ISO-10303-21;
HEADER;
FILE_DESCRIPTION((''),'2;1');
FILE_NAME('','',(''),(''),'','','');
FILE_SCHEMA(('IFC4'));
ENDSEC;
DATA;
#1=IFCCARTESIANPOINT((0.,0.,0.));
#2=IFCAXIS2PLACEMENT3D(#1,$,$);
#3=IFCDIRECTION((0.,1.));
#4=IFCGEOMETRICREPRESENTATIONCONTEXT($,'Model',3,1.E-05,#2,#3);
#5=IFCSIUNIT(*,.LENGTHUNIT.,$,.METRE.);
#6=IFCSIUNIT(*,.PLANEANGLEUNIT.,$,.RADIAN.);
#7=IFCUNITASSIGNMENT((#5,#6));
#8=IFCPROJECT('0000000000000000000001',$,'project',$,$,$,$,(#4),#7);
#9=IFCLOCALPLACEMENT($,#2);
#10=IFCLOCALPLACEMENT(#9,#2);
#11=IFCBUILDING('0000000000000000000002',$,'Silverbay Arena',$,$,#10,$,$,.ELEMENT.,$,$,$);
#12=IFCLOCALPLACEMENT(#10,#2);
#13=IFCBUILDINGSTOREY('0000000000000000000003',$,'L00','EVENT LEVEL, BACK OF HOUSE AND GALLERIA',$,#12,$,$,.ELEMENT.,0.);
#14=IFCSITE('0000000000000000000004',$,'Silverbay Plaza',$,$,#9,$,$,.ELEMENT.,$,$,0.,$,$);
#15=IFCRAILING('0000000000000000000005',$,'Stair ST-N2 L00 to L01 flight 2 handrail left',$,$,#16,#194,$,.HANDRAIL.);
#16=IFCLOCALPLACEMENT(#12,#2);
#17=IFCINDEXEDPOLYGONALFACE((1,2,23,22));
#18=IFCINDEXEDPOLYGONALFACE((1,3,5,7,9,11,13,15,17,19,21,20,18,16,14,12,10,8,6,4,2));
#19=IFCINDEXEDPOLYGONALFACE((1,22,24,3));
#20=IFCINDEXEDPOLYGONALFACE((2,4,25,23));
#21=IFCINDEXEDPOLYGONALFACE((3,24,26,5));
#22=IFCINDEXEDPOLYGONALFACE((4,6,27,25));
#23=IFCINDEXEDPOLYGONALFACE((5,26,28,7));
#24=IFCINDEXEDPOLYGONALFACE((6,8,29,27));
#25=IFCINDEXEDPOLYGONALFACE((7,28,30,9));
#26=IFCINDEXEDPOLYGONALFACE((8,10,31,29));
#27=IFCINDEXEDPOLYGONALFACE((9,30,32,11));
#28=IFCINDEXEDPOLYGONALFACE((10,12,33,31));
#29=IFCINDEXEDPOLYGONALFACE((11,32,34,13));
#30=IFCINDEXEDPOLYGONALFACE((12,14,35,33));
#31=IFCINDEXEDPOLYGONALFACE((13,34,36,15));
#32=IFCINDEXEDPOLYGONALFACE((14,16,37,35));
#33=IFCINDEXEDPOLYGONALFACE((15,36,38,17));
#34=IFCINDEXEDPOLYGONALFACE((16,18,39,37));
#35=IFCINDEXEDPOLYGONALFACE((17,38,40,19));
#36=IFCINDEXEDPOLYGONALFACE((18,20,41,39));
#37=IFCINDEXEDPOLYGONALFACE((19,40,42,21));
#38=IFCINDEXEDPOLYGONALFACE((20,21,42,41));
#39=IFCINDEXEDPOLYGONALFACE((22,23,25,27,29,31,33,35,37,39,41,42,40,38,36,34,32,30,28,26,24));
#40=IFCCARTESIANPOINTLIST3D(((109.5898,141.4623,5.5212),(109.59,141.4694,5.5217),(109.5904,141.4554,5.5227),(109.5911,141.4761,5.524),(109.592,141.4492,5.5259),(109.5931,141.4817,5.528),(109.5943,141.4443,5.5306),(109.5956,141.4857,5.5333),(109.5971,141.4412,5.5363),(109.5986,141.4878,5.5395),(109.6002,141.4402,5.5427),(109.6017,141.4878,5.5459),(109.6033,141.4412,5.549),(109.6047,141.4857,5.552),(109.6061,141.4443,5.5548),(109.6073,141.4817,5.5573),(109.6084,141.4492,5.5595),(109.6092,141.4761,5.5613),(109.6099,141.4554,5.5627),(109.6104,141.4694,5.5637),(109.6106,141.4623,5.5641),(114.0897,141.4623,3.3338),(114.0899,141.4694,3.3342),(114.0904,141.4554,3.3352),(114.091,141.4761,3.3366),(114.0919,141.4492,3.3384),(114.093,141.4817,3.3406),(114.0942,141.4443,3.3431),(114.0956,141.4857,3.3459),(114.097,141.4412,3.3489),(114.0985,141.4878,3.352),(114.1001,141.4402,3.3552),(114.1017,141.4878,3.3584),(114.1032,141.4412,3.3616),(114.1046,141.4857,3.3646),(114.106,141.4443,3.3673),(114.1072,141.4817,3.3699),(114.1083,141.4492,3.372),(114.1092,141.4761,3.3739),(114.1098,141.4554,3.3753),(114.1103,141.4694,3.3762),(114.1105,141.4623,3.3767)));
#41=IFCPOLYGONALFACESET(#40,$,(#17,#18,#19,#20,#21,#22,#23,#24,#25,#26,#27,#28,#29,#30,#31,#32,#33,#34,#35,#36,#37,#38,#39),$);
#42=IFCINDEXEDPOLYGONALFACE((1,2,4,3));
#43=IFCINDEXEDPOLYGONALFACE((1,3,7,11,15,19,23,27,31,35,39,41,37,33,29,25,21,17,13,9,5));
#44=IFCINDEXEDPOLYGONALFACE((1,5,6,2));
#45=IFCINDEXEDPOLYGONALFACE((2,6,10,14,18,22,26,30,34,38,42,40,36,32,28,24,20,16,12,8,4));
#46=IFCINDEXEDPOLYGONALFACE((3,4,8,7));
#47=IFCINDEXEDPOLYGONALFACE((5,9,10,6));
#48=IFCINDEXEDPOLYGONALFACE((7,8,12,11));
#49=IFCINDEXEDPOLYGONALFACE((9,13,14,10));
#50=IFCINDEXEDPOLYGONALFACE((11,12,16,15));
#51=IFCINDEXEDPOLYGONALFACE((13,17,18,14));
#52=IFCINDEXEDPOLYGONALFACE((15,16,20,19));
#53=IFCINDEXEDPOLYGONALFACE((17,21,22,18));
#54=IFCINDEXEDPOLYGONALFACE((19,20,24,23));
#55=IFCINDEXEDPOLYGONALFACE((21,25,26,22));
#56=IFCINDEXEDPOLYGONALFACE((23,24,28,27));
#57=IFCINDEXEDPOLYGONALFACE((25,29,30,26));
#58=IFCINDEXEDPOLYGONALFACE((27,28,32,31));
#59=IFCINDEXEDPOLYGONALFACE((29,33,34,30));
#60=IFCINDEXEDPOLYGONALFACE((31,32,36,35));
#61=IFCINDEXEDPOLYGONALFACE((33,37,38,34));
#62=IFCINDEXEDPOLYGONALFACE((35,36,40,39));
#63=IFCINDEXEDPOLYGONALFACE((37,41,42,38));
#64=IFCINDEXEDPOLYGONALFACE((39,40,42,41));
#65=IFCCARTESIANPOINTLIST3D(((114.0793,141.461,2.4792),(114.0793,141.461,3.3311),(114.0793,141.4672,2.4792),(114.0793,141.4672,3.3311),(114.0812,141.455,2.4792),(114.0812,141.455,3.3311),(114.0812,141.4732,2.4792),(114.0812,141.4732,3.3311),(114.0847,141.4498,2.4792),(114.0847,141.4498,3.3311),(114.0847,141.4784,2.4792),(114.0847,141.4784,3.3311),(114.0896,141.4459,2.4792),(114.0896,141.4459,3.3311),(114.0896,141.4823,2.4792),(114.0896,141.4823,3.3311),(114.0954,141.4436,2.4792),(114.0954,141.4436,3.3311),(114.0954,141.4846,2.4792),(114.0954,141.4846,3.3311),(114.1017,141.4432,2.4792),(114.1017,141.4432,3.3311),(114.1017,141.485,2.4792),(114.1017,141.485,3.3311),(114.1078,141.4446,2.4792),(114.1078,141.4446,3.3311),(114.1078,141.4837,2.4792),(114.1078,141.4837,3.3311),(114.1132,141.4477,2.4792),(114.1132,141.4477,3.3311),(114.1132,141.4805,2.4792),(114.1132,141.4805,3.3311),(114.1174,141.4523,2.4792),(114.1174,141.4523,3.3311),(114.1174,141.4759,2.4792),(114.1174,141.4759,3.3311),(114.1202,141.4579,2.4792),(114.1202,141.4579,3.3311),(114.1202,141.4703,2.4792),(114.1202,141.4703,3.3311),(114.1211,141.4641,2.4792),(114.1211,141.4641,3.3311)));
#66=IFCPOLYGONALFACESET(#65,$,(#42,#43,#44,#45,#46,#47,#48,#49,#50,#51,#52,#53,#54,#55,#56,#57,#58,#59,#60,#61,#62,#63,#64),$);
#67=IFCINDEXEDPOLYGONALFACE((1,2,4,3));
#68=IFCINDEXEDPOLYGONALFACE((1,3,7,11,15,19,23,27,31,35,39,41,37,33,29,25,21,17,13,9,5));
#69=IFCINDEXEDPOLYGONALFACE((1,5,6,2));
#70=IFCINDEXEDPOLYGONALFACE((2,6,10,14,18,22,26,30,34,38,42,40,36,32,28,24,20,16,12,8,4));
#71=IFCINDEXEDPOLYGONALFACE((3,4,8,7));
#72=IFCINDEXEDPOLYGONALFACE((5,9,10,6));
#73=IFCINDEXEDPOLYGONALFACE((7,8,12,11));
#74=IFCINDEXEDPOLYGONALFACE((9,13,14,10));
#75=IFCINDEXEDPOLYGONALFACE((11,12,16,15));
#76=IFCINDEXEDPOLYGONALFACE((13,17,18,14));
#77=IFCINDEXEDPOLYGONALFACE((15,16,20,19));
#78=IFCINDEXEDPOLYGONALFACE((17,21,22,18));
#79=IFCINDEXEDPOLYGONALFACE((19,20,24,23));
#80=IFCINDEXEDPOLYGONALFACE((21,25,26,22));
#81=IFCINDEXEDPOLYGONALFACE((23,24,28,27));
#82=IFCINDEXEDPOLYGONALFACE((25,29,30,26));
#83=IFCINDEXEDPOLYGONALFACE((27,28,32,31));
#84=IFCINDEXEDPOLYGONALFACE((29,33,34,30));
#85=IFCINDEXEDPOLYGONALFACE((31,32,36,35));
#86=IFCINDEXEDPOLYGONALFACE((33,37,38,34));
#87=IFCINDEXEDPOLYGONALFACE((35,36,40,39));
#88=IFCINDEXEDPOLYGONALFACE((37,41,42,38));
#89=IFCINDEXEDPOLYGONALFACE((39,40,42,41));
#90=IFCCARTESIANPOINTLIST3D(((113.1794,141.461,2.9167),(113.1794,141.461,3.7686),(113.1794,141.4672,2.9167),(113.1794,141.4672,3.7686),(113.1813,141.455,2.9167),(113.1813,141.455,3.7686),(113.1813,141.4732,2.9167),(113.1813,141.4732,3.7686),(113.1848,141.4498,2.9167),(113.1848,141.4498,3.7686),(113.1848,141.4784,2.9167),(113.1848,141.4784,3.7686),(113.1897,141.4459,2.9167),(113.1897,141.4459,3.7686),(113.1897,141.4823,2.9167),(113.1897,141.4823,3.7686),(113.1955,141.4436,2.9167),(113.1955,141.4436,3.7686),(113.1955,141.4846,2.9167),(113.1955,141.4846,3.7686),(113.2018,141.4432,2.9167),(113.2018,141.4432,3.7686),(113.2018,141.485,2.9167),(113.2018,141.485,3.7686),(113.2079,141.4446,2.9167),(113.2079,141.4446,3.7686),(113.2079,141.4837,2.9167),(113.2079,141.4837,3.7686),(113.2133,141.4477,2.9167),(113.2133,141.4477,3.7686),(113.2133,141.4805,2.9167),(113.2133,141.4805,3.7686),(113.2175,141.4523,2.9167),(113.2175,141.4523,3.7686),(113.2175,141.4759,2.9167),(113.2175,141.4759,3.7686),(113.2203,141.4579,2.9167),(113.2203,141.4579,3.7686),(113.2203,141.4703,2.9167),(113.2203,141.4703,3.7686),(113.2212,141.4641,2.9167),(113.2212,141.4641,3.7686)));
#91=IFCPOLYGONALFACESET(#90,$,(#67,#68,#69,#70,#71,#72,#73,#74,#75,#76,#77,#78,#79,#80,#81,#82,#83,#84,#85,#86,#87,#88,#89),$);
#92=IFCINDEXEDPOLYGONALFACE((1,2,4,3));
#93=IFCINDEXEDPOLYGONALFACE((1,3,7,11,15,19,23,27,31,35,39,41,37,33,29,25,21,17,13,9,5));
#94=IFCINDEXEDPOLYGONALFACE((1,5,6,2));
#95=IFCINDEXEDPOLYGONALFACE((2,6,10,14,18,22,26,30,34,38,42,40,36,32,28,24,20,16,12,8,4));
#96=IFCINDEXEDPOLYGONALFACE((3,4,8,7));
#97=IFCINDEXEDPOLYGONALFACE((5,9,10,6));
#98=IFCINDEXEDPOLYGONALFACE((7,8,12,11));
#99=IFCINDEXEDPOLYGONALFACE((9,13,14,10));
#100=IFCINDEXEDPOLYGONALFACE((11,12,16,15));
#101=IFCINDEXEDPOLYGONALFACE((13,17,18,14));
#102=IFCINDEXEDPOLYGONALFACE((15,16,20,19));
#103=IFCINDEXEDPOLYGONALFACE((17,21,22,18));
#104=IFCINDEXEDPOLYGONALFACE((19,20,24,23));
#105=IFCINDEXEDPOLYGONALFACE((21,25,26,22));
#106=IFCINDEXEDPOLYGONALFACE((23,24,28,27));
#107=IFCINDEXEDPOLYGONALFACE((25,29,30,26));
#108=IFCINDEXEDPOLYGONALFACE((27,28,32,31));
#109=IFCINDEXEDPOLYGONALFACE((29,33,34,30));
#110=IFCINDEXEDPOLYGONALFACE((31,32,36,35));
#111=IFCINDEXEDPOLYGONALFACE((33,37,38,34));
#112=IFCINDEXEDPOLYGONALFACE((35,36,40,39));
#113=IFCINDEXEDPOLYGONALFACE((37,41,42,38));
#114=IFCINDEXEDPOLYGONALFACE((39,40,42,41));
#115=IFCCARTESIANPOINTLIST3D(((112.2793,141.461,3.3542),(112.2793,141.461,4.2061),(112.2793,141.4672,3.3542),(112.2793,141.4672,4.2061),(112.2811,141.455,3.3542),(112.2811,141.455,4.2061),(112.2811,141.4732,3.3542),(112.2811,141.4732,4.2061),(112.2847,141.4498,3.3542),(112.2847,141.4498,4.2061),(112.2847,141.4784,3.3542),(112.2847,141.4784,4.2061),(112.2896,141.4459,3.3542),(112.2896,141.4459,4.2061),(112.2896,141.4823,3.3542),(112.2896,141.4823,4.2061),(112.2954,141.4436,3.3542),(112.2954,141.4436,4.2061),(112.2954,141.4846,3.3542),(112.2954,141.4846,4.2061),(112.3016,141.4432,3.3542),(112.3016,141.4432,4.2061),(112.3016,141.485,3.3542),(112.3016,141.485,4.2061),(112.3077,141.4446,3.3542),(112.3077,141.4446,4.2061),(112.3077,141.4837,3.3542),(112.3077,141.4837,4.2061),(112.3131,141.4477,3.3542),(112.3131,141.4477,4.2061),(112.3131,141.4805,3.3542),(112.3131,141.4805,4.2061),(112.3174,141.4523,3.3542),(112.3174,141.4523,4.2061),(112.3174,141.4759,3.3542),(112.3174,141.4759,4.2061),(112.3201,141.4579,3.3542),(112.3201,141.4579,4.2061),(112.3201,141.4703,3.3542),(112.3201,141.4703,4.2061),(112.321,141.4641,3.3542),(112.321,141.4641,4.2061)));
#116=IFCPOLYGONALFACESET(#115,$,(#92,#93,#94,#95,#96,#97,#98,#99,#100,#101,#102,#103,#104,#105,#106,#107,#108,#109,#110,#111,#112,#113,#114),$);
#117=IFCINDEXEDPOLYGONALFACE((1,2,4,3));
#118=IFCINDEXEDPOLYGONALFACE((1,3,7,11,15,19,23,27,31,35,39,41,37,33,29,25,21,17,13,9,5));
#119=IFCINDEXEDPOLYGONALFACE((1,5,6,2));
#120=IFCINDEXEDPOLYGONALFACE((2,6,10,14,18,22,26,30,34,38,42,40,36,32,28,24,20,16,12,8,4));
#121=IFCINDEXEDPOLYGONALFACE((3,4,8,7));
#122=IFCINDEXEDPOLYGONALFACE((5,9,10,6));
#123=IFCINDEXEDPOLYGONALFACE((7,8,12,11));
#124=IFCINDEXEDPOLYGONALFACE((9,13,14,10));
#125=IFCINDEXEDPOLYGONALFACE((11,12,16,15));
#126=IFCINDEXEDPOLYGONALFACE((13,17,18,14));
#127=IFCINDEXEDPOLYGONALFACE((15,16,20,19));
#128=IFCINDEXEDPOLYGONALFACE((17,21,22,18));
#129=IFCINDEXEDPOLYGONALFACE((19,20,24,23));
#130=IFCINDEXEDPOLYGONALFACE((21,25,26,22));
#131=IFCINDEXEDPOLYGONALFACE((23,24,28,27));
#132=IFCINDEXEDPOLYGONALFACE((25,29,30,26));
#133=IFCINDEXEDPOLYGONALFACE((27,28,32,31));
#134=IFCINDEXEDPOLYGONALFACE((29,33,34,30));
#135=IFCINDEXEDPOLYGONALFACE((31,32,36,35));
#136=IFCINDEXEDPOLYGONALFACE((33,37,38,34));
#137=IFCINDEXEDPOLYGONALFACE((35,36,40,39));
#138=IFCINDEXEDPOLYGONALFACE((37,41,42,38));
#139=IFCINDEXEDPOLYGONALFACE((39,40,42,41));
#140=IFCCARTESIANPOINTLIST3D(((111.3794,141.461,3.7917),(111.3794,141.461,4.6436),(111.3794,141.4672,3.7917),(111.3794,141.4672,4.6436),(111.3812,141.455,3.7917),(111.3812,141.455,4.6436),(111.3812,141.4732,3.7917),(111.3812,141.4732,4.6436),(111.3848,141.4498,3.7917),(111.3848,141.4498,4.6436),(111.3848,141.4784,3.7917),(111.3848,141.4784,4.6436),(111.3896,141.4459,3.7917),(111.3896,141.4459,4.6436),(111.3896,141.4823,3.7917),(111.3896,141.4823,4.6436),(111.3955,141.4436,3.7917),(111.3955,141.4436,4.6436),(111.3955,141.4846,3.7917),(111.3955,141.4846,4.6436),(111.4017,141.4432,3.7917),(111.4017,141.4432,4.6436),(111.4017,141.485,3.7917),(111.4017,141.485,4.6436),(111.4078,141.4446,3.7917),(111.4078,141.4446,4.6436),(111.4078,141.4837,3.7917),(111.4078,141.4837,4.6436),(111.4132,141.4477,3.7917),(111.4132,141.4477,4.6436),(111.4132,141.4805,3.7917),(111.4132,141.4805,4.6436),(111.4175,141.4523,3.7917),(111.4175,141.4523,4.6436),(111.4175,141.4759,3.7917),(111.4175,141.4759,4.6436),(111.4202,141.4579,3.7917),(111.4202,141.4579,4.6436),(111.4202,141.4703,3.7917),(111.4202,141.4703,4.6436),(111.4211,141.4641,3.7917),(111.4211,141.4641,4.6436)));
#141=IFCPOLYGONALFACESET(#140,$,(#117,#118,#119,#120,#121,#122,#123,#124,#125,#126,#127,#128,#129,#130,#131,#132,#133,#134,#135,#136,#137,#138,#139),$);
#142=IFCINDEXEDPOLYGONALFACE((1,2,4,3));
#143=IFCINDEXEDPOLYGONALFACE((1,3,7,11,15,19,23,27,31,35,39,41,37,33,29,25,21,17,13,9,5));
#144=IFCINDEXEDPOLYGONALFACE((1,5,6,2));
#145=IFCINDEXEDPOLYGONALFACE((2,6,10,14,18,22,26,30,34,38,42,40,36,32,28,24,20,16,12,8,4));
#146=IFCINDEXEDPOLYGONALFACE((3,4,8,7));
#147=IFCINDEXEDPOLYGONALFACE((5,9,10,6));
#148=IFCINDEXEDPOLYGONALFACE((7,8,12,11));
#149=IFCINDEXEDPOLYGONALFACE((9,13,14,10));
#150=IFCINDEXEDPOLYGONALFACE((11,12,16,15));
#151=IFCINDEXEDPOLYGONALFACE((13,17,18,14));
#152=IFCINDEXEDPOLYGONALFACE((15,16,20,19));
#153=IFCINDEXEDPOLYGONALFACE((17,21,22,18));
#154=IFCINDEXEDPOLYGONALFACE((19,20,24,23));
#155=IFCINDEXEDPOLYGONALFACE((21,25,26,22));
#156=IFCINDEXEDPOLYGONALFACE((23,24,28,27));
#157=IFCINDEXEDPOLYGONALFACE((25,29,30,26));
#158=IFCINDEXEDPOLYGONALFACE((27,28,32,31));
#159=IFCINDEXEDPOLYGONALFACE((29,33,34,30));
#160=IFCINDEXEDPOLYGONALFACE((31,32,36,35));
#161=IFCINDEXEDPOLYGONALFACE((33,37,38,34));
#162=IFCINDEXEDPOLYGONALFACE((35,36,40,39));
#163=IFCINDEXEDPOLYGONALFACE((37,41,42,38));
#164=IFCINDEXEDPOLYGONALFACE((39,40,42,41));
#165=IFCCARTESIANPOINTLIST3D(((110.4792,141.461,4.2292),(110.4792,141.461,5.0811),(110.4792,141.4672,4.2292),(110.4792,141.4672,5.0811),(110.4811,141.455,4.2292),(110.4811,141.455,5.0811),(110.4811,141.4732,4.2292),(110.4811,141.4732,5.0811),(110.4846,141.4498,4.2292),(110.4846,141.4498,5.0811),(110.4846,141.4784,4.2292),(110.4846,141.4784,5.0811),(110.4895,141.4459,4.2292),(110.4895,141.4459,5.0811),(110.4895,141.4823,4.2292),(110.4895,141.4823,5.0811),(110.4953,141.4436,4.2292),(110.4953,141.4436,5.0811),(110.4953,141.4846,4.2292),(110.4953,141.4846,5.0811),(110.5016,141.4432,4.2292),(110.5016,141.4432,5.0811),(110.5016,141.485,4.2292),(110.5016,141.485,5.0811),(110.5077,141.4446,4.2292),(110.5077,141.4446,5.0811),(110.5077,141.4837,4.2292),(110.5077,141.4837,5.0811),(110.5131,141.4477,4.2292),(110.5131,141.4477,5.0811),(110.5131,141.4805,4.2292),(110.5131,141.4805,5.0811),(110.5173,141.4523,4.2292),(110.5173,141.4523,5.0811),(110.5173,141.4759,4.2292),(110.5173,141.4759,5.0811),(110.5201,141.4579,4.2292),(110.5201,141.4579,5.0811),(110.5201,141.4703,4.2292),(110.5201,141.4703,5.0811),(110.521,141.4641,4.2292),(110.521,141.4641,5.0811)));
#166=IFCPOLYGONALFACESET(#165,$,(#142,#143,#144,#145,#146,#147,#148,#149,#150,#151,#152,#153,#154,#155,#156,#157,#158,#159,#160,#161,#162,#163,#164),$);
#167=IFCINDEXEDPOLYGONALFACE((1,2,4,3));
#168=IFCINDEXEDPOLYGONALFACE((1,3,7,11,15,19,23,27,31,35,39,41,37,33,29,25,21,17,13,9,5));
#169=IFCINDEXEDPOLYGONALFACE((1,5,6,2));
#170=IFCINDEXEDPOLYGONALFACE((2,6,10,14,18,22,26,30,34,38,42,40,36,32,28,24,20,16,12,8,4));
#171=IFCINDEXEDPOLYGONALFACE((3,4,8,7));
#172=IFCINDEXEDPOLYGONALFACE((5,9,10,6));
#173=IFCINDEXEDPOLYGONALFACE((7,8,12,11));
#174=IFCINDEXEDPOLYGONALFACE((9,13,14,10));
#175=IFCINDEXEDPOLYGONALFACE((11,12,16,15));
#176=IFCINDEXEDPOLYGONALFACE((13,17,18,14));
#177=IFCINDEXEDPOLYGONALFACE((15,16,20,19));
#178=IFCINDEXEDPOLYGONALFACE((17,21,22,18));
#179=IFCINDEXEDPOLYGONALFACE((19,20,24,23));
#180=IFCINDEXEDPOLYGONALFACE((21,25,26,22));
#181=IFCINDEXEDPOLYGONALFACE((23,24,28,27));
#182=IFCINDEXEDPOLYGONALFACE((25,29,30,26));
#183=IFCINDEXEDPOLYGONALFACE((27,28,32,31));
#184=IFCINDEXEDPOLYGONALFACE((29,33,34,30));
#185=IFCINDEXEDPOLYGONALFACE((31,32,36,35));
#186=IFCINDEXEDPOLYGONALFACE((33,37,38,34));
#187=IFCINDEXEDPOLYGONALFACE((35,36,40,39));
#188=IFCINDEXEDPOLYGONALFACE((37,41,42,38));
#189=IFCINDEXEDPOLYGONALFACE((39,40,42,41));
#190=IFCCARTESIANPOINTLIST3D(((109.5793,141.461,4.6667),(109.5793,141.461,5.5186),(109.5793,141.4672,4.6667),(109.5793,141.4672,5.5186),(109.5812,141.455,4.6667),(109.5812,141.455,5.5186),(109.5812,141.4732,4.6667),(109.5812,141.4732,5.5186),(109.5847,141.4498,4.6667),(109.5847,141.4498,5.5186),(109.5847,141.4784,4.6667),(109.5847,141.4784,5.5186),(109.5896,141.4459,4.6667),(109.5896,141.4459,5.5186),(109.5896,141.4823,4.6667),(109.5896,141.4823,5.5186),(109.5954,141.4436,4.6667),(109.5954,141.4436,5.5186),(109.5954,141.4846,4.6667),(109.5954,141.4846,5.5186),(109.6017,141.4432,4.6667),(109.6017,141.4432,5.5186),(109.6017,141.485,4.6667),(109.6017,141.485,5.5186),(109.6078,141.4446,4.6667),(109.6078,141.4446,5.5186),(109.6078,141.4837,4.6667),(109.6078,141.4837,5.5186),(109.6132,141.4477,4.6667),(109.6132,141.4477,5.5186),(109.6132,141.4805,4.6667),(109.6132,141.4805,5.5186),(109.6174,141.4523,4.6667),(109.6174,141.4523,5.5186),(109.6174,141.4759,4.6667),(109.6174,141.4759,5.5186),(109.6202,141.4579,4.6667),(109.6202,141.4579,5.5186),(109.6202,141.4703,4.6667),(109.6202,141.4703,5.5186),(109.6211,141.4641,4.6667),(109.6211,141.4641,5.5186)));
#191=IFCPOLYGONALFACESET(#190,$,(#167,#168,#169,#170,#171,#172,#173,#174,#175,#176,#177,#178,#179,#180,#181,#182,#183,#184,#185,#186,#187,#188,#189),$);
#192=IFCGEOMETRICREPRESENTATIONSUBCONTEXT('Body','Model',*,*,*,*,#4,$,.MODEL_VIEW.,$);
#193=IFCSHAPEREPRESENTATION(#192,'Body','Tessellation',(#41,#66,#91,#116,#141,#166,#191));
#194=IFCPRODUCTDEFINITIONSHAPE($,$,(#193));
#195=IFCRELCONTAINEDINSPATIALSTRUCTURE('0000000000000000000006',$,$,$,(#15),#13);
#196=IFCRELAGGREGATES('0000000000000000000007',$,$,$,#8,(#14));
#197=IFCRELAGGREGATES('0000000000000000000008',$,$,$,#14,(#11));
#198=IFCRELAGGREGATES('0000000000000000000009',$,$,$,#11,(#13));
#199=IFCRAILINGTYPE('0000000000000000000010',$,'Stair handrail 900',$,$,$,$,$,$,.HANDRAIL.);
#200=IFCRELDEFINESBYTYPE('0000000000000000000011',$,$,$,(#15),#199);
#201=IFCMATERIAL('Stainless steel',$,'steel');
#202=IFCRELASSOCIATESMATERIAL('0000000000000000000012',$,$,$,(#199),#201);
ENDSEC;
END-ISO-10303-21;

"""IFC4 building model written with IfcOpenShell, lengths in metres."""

from ifc_helpers import new_model, si_unit, direction, frame, origin, origin_2d, place, context, subcontext, project, spatial, circle, extrude, material, type_object, element, save


model = new_model("IFC4")

# Units and contexts
model_context = context("Model", 3, precision=1e-05, world=origin(), true_north=direction((0.0, 1.0)))
body_context = subcontext(model_context, "Body", "Model", "MODEL_VIEW")
ifc_project = project(units=[si_unit("LENGTHUNIT", "METRE"), si_unit("PLANEANGLEUNIT", "RADIAN")], contexts=[model_context])

# Site, building, storey
site_placement = place(None, origin())
site = spatial("IfcSite", under=ifc_project, at=site_placement, Name="Silverbay Plaza", CompositionType="ELEMENT", RefElevation=0.0)
building_placement = place(site_placement, origin())
building = spatial("IfcBuilding", under=site, at=building_placement, Name="Silverbay Arena", CompositionType="ELEMENT")
storey_placement = place(building_placement, origin())
storey = spatial("IfcBuildingStorey", under=building, at=storey_placement, Name="L00", Description="EVENT LEVEL, BACK OF HOUSE AND GALLERIA", CompositionType="ELEMENT", Elevation=0.0)

# Railing
ifc_material_1 = material(Name="Stainless steel", Category="steel")
railing_type_1 = type_object("IfcRailingType", Name="Stair handrail 900", PredefinedType="HANDRAIL", material=ifc_material_1)
railing_1_placement = place(storey_placement, frame((114.1001, 141.4641, 2.4792)))
element("IfcRailing", 1, at=railing_1_placement, inside=storey, type_object=railing_type_1, Name="Stair ST-N2 L00 to L01 flight 2 handrail left", PredefinedType="HANDRAIL", context=body_context, shape_type="SweptSolid", body=[
    extrude(circle(Radius=0.0239, at=origin_2d()), frame((0.0, 0.0, 0.876), z_axis=(-0.899368, 0.0, 0.437193), x_axis=(0.0, -1.0, 0.0)), (0.0, 0.0, 1.0), 5.0034),
    extrude(circle(Radius=0.021, at=origin_2d()), origin(), (0.0, 0.0, 1.0), 0.8518),
    extrude(circle(Radius=0.021, at=origin_2d()), frame((-0.8999, 0.0, 0.4375)), (0.0, 0.0, 1.0), 0.8518),
    extrude(circle(Radius=0.021, at=origin_2d()), frame((-1.8, 0.0, 0.875)), (0.0, 0.0, 1.0), 0.8518),
    extrude(circle(Radius=0.021, at=origin_2d()), frame((-2.7, 0.0, 1.3125)), (0.0, 0.0, 1.0), 0.8518),
    extrude(circle(Radius=0.021, at=origin_2d()), frame((-3.6001, 0.0, 1.75)), (0.0, 0.0, 1.0), 0.8518),
    extrude(circle(Radius=0.021, at=origin_2d()), frame((-4.5, 0.0, 2.1875)), (0.0, 0.0, 1.0), 0.8518),
])

save(model, "model.ifc")
